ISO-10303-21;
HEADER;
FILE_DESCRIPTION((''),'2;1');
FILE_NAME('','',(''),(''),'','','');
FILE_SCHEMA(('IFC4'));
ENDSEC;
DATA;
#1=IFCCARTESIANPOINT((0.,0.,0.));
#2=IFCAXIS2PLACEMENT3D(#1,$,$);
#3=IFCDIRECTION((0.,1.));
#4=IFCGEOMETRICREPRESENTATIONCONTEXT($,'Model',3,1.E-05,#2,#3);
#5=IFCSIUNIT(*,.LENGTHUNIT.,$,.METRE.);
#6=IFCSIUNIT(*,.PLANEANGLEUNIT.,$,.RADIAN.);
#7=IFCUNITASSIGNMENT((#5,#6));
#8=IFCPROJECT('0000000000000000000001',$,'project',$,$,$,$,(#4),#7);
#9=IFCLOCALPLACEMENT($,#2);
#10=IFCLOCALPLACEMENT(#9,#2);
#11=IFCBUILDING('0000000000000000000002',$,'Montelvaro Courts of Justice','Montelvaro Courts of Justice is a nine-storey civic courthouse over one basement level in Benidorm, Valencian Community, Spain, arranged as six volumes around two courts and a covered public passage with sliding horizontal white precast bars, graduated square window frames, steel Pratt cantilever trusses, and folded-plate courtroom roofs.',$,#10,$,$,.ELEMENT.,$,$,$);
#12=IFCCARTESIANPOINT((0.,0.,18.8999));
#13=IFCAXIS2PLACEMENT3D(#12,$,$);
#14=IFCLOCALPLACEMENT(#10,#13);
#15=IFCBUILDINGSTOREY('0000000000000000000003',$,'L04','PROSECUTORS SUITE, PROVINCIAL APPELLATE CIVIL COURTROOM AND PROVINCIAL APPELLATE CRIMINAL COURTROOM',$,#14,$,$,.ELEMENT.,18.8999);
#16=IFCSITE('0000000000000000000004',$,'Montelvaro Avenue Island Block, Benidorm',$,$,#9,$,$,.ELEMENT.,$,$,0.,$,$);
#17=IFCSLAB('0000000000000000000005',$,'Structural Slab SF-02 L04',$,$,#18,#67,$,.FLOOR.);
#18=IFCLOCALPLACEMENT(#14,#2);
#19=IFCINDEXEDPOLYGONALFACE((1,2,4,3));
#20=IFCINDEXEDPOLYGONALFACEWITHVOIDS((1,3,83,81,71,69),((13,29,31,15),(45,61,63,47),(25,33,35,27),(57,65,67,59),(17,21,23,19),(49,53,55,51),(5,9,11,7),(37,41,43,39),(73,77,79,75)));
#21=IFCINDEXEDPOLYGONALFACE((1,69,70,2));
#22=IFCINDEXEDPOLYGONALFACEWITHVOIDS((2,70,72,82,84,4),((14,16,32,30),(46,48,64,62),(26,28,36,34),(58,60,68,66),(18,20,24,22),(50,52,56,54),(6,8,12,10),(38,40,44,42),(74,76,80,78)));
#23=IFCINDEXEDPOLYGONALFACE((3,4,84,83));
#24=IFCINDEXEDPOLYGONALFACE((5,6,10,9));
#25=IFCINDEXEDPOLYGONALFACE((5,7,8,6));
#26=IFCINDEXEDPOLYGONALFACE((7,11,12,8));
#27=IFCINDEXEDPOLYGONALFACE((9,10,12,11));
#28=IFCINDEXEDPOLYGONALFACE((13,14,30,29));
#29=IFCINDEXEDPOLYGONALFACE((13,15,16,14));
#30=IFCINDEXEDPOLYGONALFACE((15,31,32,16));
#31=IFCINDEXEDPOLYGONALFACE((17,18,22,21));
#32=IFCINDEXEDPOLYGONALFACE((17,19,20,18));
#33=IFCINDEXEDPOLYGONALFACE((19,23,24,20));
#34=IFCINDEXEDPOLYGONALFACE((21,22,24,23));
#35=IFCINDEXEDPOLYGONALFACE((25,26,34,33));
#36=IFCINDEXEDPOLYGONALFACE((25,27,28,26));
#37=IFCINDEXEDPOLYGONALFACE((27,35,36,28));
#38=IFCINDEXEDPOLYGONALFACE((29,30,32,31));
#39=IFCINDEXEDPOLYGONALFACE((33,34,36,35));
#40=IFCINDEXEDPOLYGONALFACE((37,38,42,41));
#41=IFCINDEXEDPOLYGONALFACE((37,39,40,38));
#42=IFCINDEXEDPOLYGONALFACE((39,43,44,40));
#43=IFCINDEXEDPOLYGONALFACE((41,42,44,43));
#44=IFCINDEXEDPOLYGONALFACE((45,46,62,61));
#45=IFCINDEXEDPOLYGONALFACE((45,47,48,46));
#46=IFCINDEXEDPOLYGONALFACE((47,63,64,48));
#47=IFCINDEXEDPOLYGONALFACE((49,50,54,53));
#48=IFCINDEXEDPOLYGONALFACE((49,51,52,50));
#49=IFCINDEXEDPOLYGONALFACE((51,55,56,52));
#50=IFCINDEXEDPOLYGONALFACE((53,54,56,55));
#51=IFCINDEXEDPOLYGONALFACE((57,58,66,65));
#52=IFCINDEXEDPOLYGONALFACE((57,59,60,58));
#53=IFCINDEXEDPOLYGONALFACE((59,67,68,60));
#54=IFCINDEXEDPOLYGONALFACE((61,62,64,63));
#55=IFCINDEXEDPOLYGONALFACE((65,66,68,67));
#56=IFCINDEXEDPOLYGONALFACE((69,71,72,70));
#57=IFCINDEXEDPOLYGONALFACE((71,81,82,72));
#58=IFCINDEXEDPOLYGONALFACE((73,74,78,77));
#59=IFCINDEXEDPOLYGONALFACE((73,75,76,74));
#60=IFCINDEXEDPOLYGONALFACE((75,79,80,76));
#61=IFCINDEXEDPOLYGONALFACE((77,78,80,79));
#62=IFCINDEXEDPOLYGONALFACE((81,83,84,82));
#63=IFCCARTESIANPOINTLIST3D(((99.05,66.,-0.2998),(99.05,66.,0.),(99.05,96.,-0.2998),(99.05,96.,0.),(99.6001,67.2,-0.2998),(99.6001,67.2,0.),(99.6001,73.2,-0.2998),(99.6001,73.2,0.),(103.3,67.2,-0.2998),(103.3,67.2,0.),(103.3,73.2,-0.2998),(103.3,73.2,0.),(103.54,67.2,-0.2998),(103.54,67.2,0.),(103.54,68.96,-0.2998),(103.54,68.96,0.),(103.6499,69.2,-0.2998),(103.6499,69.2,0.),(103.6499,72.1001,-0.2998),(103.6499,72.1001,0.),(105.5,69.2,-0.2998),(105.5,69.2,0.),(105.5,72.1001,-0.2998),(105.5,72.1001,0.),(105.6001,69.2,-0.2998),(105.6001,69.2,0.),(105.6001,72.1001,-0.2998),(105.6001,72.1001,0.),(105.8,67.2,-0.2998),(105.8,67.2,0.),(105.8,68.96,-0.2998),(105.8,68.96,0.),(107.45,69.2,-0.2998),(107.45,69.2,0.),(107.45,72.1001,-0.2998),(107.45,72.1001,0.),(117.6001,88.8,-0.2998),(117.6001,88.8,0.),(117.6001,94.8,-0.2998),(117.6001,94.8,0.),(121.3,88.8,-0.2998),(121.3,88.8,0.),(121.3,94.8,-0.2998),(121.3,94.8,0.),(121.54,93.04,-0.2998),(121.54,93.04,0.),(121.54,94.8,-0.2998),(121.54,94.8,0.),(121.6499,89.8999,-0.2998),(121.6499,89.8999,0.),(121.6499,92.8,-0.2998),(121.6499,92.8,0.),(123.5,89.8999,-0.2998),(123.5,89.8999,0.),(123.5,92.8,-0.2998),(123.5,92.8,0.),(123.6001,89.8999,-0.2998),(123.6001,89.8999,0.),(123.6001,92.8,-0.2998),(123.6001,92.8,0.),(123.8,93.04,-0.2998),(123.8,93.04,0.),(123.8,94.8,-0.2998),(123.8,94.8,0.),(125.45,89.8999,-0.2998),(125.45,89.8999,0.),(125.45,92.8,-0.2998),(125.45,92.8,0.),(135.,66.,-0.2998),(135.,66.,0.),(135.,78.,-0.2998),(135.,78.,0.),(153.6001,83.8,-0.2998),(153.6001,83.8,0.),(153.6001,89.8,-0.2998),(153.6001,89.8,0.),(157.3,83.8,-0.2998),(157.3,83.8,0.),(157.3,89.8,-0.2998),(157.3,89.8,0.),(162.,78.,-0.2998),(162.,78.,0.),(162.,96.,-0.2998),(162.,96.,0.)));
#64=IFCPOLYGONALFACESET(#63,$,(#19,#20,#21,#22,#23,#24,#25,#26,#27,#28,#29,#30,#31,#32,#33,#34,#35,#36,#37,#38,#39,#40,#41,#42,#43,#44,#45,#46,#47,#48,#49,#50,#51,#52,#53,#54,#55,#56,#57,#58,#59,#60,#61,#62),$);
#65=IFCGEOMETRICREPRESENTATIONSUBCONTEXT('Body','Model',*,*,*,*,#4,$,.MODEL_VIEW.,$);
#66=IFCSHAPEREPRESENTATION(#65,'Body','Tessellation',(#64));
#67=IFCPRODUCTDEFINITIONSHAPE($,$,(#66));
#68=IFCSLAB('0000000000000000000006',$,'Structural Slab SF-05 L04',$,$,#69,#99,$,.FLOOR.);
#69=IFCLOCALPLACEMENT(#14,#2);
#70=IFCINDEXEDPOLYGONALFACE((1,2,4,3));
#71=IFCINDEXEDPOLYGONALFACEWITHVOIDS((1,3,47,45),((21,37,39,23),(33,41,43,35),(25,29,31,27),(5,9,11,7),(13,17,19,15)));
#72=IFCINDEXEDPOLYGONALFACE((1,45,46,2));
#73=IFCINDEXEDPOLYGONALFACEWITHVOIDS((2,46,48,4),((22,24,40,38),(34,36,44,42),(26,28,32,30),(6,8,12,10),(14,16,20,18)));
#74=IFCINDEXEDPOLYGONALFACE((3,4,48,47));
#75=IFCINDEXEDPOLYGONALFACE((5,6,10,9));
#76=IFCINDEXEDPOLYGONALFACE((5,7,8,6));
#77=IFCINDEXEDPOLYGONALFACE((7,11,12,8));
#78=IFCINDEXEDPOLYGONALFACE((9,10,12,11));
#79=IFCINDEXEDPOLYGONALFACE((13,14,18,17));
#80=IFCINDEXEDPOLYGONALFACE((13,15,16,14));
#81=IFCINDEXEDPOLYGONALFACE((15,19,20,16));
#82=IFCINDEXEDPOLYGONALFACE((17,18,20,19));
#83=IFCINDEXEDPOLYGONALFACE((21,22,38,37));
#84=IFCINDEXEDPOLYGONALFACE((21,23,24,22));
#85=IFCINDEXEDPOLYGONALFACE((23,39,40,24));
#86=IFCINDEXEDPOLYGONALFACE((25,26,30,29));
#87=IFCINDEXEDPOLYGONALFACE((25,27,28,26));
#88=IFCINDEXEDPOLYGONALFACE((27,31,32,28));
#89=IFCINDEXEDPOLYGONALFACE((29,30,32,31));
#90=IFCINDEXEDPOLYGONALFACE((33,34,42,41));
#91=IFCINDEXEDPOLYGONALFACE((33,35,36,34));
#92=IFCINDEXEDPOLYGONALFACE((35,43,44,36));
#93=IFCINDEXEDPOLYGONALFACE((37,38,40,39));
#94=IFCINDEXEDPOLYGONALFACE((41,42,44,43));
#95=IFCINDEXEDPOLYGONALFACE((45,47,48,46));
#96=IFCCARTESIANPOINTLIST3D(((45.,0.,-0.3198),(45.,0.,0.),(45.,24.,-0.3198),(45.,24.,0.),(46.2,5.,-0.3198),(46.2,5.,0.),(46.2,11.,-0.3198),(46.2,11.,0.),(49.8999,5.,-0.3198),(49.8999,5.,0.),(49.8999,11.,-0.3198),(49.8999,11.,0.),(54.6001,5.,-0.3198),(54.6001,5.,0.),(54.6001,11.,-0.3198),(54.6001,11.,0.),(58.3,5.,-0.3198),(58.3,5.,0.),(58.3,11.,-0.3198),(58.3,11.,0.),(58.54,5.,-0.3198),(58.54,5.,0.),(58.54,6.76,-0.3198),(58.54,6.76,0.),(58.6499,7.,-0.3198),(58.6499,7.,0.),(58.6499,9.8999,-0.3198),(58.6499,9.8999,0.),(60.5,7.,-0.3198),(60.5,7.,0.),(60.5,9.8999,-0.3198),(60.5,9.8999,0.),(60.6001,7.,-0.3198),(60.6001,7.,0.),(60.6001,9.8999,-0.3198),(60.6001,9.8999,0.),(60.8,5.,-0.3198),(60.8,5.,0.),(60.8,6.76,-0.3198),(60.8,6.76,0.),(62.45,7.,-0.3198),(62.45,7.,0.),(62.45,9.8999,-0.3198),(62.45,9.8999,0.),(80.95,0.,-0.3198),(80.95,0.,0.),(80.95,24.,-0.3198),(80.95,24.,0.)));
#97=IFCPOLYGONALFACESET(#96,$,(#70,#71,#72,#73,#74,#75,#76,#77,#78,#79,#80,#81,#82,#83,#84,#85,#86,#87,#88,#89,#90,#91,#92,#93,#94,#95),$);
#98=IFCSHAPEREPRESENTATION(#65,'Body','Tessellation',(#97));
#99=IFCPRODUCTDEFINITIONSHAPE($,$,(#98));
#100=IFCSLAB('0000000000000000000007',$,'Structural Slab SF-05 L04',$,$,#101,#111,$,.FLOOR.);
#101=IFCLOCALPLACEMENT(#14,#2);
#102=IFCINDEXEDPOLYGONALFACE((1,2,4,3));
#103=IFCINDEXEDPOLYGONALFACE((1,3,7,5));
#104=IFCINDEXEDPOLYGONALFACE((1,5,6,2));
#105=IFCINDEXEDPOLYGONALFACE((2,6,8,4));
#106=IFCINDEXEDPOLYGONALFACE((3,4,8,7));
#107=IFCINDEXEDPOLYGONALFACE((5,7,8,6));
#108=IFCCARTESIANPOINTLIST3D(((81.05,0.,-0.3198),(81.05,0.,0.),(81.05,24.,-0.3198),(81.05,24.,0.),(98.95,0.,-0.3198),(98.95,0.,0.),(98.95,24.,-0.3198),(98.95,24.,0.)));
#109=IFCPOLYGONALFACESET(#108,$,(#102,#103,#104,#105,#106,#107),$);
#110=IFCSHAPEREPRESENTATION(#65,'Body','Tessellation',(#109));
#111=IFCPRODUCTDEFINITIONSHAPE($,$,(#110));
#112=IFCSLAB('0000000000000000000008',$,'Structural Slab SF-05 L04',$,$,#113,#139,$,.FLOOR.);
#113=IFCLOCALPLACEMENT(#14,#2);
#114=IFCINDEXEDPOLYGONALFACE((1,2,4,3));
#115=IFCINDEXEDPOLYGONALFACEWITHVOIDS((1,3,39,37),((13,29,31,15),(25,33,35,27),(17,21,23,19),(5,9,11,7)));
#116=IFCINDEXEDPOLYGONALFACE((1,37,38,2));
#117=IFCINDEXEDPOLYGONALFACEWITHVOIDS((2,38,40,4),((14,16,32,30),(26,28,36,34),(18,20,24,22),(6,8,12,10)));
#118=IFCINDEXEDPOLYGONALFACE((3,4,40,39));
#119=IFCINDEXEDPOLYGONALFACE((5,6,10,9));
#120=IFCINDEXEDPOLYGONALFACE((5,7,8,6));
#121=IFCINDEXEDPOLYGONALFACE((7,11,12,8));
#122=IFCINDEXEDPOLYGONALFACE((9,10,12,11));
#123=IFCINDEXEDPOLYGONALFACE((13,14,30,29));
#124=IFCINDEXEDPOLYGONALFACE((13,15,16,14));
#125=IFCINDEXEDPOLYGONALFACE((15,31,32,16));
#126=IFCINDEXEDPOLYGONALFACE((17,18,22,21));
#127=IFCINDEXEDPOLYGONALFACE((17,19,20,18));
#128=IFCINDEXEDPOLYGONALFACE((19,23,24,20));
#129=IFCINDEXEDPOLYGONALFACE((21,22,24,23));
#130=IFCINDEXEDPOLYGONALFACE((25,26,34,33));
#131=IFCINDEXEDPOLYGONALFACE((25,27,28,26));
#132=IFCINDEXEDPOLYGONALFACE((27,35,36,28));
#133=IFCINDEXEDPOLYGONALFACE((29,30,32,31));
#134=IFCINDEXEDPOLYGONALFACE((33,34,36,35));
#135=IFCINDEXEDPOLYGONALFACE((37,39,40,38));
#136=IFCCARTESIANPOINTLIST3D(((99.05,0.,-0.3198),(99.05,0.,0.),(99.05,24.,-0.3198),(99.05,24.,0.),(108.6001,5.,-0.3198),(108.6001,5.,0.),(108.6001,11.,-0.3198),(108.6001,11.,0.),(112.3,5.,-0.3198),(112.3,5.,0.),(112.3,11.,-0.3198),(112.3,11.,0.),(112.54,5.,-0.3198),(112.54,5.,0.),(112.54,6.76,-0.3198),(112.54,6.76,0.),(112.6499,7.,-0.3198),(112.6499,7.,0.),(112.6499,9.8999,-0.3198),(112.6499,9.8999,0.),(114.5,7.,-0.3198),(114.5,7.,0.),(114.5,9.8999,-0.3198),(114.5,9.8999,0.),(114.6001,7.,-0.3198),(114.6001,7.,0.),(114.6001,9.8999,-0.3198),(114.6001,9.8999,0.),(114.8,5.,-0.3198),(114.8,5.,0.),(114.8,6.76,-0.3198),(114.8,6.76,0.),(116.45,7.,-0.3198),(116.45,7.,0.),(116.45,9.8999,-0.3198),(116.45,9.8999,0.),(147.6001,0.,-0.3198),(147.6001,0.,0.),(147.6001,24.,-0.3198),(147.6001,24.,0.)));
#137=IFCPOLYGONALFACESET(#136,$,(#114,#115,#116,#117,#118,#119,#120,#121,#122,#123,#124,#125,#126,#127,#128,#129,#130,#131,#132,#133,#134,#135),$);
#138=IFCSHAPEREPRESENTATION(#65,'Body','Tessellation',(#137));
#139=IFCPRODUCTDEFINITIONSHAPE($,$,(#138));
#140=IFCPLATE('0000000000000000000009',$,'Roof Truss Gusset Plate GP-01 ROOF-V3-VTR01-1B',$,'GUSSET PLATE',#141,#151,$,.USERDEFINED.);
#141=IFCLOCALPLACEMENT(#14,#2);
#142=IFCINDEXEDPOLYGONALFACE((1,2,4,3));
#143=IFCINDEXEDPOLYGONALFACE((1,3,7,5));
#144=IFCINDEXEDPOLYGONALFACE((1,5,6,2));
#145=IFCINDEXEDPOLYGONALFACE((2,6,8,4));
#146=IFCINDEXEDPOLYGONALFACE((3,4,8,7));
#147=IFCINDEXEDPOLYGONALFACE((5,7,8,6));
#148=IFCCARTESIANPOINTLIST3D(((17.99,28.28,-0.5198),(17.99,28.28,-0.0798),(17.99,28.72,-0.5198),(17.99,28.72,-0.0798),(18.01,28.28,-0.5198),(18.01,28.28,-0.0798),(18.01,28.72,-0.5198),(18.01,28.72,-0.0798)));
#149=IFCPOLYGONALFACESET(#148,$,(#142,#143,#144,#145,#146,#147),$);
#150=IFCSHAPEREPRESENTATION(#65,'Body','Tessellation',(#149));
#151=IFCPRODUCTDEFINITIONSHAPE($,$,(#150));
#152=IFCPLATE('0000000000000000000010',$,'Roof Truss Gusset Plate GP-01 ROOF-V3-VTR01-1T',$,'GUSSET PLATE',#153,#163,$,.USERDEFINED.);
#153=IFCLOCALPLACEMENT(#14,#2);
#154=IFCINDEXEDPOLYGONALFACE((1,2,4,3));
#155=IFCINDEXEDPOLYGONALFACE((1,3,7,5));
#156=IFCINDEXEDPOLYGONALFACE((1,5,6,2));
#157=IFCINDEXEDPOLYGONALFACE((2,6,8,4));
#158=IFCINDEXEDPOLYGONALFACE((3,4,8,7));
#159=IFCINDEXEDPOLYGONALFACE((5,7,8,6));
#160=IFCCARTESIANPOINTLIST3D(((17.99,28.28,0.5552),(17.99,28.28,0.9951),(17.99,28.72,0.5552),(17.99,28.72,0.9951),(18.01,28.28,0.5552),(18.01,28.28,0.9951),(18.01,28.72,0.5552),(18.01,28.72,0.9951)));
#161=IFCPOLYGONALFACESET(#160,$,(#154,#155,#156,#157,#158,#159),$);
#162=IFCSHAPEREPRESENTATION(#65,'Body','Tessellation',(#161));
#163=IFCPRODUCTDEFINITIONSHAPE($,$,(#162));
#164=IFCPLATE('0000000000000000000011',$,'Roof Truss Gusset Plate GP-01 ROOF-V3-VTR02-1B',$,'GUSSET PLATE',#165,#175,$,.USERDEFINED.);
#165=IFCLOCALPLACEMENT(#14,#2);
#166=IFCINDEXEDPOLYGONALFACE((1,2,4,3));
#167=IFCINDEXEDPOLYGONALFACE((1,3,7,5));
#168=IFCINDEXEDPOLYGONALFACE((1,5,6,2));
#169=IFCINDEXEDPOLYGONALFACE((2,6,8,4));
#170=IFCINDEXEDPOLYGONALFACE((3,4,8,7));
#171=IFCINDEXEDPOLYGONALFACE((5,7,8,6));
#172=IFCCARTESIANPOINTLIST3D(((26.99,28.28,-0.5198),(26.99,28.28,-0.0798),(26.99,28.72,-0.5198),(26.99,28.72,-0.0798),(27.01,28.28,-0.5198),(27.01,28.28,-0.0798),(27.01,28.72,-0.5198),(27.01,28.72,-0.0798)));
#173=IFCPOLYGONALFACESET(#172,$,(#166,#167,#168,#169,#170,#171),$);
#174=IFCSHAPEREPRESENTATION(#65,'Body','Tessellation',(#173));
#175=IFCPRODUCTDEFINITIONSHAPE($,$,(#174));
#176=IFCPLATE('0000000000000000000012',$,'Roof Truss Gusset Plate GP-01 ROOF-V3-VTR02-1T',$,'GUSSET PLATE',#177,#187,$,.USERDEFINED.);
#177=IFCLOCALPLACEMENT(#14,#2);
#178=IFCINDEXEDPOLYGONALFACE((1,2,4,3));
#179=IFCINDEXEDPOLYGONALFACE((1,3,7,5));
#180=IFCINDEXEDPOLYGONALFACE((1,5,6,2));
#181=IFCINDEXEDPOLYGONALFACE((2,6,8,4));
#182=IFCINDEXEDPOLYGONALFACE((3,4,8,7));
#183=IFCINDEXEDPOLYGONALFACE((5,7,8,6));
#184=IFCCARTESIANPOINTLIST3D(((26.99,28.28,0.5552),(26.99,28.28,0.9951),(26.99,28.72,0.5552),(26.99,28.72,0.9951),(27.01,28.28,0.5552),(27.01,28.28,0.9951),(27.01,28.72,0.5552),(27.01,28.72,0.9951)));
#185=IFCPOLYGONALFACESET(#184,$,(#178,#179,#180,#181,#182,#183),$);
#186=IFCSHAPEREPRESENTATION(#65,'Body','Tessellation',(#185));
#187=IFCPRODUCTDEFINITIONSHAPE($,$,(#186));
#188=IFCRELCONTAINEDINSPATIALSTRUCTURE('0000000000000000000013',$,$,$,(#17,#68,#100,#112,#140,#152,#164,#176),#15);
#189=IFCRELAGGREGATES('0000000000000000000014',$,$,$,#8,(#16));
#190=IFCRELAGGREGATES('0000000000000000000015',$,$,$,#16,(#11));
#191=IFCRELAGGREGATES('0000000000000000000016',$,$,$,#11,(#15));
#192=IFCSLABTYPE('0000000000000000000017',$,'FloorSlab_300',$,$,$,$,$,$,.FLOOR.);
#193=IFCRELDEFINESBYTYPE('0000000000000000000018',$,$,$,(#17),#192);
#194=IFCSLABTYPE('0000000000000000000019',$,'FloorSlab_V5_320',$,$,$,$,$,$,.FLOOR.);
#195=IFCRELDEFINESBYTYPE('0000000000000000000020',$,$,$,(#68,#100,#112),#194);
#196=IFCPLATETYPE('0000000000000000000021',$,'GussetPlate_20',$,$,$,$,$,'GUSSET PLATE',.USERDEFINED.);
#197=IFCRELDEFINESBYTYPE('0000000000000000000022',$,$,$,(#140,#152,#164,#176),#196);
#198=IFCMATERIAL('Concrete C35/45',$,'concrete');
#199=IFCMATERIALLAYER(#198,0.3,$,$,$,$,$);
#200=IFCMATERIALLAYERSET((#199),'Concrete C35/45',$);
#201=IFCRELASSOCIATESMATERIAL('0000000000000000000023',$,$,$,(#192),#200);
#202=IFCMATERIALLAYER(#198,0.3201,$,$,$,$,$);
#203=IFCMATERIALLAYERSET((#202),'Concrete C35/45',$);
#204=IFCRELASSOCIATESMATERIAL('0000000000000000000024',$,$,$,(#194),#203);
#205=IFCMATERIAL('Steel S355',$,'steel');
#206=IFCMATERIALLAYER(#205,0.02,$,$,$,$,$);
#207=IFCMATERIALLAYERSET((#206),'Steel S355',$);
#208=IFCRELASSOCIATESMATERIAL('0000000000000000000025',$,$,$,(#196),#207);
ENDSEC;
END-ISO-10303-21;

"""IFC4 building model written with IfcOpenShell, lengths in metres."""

from ifc_helpers import new_model, si_unit, direction, frame, origin, origin_2d, place, context, subcontext, project, spatial, polyline, rectangle, outline, extrude, material, layer, layer_set, type_object, element, save


model = new_model("IFC4")

# Units and contexts
model_context = context("Model", 3, precision=1e-05, world=origin(), true_north=direction((0.0, 1.0)))
body_context = subcontext(model_context, "Body", "Model", "MODEL_VIEW")
ifc_project = project(units=[si_unit("LENGTHUNIT", "METRE"), si_unit("PLANEANGLEUNIT", "RADIAN")], contexts=[model_context])

# Site, building, storey
site_placement = place(None, origin())
site = spatial("IfcSite", under=ifc_project, at=site_placement, Name="Montelvaro Avenue Island Block, Benidorm", CompositionType="ELEMENT", RefElevation=0.0)
building_placement = place(site_placement, origin())
building = spatial("IfcBuilding", under=site, at=building_placement, Name="Montelvaro Courts of Justice", Description="Montelvaro Courts of Justice is a nine-storey civic courthouse over one basement level in Benidorm, Valencian Community, Spain, arranged as six volumes around two courts and a covered public passage with sliding horizontal white precast bars, graduated square window frames, steel Pratt cantilever trusses, and folded-plate courtroom roofs.", CompositionType="ELEMENT")
storey_placement = place(building_placement, frame((0.0, 0.0, 18.8999)))
storey = spatial("IfcBuildingStorey", under=building, at=storey_placement, Name="L04", Description="PROSECUTORS SUITE, PROVINCIAL APPELLATE CIVIL COURTROOM AND PROVINCIAL APPELLATE CRIMINAL COURTROOM", CompositionType="ELEMENT", Elevation=18.8999)

# Shared definitions
ifc_material_1 = material(Name="Steel S355", Category="steel")

# Slabs
ifc_material_2 = material(Name="Concrete C35/45", Category="concrete")
ifc_layer_1 = layer(ifc_material_2, 0.3)
ifc_layer_set_1 = layer_set([ifc_layer_1], Name="Concrete C35/45")
slab_type_1 = type_object("IfcSlabType", Name="FloorSlab_300", PredefinedType="FLOOR", material=ifc_layer_set_1)
slab_1_placement = place(storey_placement, frame((0.0, 0.0, -0.2998)))
element("IfcSlab", 1, at=slab_1_placement, inside=storey, type_object=slab_type_1, Name="Structural Slab SF-02 L04", PredefinedType="FLOOR", context=body_context, shape_type="SweptSolid", body=[
    extrude(outline(polyline([(99.05, 66.0), (135.0, 66.0), (135.0, 78.0), (162.0, 78.0), (162.0, 96.0), (99.05, 96.0), (99.05, 66.0)]), holes=[polyline([(117.6001, 88.8), (121.3, 88.8), (121.3, 94.8), (117.6001, 94.8), (117.6001, 88.8)]), polyline([(121.54, 93.04), (123.8, 93.04), (123.8, 94.8), (121.54, 94.8), (121.54, 93.04)]), polyline([(121.6499, 89.8999), (123.5, 89.8999), (123.5, 92.8), (121.6499, 92.8), (121.6499, 89.8999)]), polyline([(123.6001, 89.8999), (125.45, 89.8999), (125.45, 92.8), (123.6001, 92.8), (123.6001, 89.8999)]), polyline([(99.6001, 67.2), (103.3, 67.2), (103.3, 73.2), (99.6001, 73.2), (99.6001, 67.2)]), polyline([(103.54, 67.2), (105.8, 67.2), (105.8, 68.96), (103.54, 68.96), (103.54, 67.2)]), polyline([(103.6499, 69.2), (105.5, 69.2), (105.5, 72.1001), (103.6499, 72.1001), (103.6499, 69.2)]), polyline([(105.6001, 69.2), (107.45, 69.2), (107.45, 72.1001), (105.6001, 72.1001), (105.6001, 69.2)]), polyline([(153.6001, 83.8), (157.3, 83.8), (157.3, 89.8), (153.6001, 89.8), (153.6001, 83.8)])]), origin(), (0.0, 0.0, 1.0), 0.2998),
])
ifc_layer_2 = layer(ifc_material_2, 0.3201)
ifc_layer_set_2 = layer_set([ifc_layer_2], Name="Concrete C35/45")
slab_type_2 = type_object("IfcSlabType", Name="FloorSlab_V5_320", PredefinedType="FLOOR", material=ifc_layer_set_2)
slab_2_placement = place(storey_placement, frame((0.0, 0.0, -0.3198)))
element("IfcSlab", 2, at=slab_2_placement, inside=storey, type_object=slab_type_2, Name="Structural Slab SF-05 L04", PredefinedType="FLOOR", context=body_context, shape_type="SweptSolid", body=[
    extrude(outline(polyline([(45.0, 0.0), (80.95, 0.0), (80.95, 24.0), (45.0, 24.0), (45.0, 0.0)]), holes=[polyline([(54.6001, 5.0), (58.3, 5.0), (58.3, 11.0), (54.6001, 11.0), (54.6001, 5.0)]), polyline([(58.54, 5.0), (60.8, 5.0), (60.8, 6.76), (58.54, 6.76), (58.54, 5.0)]), polyline([(58.6499, 7.0), (60.5, 7.0), (60.5, 9.8999), (58.6499, 9.8999), (58.6499, 7.0)]), polyline([(60.6001, 7.0), (62.45, 7.0), (62.45, 9.8999), (60.6001, 9.8999), (60.6001, 7.0)]), polyline([(46.2, 5.0), (49.8999, 5.0), (49.8999, 11.0), (46.2, 11.0), (46.2, 5.0)])]), origin(), (0.0, 0.0, 1.0), 0.3198),
])
slab_3_placement = place(storey_placement, frame((0.0, 0.0, -0.3198)))
element("IfcSlab", 3, at=slab_3_placement, inside=storey, type_object=slab_type_2, Name="Structural Slab SF-05 L04", PredefinedType="FLOOR", context=body_context, shape_type="SweptSolid", body=[
    extrude(outline(polyline([(81.05, 0.0), (98.95, 0.0), (98.95, 24.0), (81.05, 24.0), (81.05, 0.0)])), origin(), (0.0, 0.0, 1.0), 0.3198),
])
slab_4_placement = place(storey_placement, frame((0.0, 0.0, -0.3198)))
element("IfcSlab", 4, at=slab_4_placement, inside=storey, type_object=slab_type_2, Name="Structural Slab SF-05 L04", PredefinedType="FLOOR", context=body_context, shape_type="SweptSolid", body=[
    extrude(outline(polyline([(99.05, 0.0), (147.6001, 0.0), (147.6001, 24.0), (99.05, 24.0), (99.05, 0.0)]), holes=[polyline([(108.6001, 5.0), (112.3, 5.0), (112.3, 11.0), (108.6001, 11.0), (108.6001, 5.0)]), polyline([(112.54, 5.0), (114.8, 5.0), (114.8, 6.76), (112.54, 6.76), (112.54, 5.0)]), polyline([(112.6499, 7.0), (114.5, 7.0), (114.5, 9.8999), (112.6499, 9.8999), (112.6499, 7.0)]), polyline([(114.6001, 7.0), (116.45, 7.0), (116.45, 9.8999), (114.6001, 9.8999), (114.6001, 7.0)])]), origin(), (0.0, 0.0, 1.0), 0.3198),
])

# Plates
ifc_layer_3 = layer(ifc_material_1, 0.02)
ifc_layer_set_3 = layer_set([ifc_layer_3], Name="Steel S355")
plate_type_1 = type_object("IfcPlateType", Name="GussetPlate_20", ElementType="GUSSET PLATE", PredefinedType="USERDEFINED", material=ifc_layer_set_3)
for number, where, z_axis, x_axis, name in (
    (5, (18.0, 28.5, -0.5198), (0.0, 0.0, 1.0), (1.0, 0.0, 0.0), "Roof Truss Gusset Plate GP-01 ROOF-V3-VTR01-1B"),
    (6, (18.0, 28.5, 0.5552), (0.0, 0.0, 1.0), (1.0, 0.0, 0.0), "Roof Truss Gusset Plate GP-01 ROOF-V3-VTR01-1T"),
    (7, (27.0, 28.5, -0.5198), (0.0, 0.0, 1.0), (1.0, 0.0, 0.0), "Roof Truss Gusset Plate GP-01 ROOF-V3-VTR02-1B"),
    (8, (27.0, 28.5, 0.5552), (0.0, 0.0, 1.0), (1.0, 0.0, 0.0), "Roof Truss Gusset Plate GP-01 ROOF-V3-VTR02-1T"),
):
    element("IfcPlate", number, at=place(storey_placement, frame(where, z_axis=z_axis, x_axis=x_axis)), inside=storey, type_object=plate_type_1, Name=name, ObjectType="GUSSET PLATE", PredefinedType="USERDEFINED", context=body_context, shape_type="SweptSolid", body=[
        extrude(rectangle(XDim=0.02, YDim=0.4399, at=origin_2d()), origin(), (0.0, 0.0, 1.0), 0.4399),
    ])

save(model, "model.ifc")
